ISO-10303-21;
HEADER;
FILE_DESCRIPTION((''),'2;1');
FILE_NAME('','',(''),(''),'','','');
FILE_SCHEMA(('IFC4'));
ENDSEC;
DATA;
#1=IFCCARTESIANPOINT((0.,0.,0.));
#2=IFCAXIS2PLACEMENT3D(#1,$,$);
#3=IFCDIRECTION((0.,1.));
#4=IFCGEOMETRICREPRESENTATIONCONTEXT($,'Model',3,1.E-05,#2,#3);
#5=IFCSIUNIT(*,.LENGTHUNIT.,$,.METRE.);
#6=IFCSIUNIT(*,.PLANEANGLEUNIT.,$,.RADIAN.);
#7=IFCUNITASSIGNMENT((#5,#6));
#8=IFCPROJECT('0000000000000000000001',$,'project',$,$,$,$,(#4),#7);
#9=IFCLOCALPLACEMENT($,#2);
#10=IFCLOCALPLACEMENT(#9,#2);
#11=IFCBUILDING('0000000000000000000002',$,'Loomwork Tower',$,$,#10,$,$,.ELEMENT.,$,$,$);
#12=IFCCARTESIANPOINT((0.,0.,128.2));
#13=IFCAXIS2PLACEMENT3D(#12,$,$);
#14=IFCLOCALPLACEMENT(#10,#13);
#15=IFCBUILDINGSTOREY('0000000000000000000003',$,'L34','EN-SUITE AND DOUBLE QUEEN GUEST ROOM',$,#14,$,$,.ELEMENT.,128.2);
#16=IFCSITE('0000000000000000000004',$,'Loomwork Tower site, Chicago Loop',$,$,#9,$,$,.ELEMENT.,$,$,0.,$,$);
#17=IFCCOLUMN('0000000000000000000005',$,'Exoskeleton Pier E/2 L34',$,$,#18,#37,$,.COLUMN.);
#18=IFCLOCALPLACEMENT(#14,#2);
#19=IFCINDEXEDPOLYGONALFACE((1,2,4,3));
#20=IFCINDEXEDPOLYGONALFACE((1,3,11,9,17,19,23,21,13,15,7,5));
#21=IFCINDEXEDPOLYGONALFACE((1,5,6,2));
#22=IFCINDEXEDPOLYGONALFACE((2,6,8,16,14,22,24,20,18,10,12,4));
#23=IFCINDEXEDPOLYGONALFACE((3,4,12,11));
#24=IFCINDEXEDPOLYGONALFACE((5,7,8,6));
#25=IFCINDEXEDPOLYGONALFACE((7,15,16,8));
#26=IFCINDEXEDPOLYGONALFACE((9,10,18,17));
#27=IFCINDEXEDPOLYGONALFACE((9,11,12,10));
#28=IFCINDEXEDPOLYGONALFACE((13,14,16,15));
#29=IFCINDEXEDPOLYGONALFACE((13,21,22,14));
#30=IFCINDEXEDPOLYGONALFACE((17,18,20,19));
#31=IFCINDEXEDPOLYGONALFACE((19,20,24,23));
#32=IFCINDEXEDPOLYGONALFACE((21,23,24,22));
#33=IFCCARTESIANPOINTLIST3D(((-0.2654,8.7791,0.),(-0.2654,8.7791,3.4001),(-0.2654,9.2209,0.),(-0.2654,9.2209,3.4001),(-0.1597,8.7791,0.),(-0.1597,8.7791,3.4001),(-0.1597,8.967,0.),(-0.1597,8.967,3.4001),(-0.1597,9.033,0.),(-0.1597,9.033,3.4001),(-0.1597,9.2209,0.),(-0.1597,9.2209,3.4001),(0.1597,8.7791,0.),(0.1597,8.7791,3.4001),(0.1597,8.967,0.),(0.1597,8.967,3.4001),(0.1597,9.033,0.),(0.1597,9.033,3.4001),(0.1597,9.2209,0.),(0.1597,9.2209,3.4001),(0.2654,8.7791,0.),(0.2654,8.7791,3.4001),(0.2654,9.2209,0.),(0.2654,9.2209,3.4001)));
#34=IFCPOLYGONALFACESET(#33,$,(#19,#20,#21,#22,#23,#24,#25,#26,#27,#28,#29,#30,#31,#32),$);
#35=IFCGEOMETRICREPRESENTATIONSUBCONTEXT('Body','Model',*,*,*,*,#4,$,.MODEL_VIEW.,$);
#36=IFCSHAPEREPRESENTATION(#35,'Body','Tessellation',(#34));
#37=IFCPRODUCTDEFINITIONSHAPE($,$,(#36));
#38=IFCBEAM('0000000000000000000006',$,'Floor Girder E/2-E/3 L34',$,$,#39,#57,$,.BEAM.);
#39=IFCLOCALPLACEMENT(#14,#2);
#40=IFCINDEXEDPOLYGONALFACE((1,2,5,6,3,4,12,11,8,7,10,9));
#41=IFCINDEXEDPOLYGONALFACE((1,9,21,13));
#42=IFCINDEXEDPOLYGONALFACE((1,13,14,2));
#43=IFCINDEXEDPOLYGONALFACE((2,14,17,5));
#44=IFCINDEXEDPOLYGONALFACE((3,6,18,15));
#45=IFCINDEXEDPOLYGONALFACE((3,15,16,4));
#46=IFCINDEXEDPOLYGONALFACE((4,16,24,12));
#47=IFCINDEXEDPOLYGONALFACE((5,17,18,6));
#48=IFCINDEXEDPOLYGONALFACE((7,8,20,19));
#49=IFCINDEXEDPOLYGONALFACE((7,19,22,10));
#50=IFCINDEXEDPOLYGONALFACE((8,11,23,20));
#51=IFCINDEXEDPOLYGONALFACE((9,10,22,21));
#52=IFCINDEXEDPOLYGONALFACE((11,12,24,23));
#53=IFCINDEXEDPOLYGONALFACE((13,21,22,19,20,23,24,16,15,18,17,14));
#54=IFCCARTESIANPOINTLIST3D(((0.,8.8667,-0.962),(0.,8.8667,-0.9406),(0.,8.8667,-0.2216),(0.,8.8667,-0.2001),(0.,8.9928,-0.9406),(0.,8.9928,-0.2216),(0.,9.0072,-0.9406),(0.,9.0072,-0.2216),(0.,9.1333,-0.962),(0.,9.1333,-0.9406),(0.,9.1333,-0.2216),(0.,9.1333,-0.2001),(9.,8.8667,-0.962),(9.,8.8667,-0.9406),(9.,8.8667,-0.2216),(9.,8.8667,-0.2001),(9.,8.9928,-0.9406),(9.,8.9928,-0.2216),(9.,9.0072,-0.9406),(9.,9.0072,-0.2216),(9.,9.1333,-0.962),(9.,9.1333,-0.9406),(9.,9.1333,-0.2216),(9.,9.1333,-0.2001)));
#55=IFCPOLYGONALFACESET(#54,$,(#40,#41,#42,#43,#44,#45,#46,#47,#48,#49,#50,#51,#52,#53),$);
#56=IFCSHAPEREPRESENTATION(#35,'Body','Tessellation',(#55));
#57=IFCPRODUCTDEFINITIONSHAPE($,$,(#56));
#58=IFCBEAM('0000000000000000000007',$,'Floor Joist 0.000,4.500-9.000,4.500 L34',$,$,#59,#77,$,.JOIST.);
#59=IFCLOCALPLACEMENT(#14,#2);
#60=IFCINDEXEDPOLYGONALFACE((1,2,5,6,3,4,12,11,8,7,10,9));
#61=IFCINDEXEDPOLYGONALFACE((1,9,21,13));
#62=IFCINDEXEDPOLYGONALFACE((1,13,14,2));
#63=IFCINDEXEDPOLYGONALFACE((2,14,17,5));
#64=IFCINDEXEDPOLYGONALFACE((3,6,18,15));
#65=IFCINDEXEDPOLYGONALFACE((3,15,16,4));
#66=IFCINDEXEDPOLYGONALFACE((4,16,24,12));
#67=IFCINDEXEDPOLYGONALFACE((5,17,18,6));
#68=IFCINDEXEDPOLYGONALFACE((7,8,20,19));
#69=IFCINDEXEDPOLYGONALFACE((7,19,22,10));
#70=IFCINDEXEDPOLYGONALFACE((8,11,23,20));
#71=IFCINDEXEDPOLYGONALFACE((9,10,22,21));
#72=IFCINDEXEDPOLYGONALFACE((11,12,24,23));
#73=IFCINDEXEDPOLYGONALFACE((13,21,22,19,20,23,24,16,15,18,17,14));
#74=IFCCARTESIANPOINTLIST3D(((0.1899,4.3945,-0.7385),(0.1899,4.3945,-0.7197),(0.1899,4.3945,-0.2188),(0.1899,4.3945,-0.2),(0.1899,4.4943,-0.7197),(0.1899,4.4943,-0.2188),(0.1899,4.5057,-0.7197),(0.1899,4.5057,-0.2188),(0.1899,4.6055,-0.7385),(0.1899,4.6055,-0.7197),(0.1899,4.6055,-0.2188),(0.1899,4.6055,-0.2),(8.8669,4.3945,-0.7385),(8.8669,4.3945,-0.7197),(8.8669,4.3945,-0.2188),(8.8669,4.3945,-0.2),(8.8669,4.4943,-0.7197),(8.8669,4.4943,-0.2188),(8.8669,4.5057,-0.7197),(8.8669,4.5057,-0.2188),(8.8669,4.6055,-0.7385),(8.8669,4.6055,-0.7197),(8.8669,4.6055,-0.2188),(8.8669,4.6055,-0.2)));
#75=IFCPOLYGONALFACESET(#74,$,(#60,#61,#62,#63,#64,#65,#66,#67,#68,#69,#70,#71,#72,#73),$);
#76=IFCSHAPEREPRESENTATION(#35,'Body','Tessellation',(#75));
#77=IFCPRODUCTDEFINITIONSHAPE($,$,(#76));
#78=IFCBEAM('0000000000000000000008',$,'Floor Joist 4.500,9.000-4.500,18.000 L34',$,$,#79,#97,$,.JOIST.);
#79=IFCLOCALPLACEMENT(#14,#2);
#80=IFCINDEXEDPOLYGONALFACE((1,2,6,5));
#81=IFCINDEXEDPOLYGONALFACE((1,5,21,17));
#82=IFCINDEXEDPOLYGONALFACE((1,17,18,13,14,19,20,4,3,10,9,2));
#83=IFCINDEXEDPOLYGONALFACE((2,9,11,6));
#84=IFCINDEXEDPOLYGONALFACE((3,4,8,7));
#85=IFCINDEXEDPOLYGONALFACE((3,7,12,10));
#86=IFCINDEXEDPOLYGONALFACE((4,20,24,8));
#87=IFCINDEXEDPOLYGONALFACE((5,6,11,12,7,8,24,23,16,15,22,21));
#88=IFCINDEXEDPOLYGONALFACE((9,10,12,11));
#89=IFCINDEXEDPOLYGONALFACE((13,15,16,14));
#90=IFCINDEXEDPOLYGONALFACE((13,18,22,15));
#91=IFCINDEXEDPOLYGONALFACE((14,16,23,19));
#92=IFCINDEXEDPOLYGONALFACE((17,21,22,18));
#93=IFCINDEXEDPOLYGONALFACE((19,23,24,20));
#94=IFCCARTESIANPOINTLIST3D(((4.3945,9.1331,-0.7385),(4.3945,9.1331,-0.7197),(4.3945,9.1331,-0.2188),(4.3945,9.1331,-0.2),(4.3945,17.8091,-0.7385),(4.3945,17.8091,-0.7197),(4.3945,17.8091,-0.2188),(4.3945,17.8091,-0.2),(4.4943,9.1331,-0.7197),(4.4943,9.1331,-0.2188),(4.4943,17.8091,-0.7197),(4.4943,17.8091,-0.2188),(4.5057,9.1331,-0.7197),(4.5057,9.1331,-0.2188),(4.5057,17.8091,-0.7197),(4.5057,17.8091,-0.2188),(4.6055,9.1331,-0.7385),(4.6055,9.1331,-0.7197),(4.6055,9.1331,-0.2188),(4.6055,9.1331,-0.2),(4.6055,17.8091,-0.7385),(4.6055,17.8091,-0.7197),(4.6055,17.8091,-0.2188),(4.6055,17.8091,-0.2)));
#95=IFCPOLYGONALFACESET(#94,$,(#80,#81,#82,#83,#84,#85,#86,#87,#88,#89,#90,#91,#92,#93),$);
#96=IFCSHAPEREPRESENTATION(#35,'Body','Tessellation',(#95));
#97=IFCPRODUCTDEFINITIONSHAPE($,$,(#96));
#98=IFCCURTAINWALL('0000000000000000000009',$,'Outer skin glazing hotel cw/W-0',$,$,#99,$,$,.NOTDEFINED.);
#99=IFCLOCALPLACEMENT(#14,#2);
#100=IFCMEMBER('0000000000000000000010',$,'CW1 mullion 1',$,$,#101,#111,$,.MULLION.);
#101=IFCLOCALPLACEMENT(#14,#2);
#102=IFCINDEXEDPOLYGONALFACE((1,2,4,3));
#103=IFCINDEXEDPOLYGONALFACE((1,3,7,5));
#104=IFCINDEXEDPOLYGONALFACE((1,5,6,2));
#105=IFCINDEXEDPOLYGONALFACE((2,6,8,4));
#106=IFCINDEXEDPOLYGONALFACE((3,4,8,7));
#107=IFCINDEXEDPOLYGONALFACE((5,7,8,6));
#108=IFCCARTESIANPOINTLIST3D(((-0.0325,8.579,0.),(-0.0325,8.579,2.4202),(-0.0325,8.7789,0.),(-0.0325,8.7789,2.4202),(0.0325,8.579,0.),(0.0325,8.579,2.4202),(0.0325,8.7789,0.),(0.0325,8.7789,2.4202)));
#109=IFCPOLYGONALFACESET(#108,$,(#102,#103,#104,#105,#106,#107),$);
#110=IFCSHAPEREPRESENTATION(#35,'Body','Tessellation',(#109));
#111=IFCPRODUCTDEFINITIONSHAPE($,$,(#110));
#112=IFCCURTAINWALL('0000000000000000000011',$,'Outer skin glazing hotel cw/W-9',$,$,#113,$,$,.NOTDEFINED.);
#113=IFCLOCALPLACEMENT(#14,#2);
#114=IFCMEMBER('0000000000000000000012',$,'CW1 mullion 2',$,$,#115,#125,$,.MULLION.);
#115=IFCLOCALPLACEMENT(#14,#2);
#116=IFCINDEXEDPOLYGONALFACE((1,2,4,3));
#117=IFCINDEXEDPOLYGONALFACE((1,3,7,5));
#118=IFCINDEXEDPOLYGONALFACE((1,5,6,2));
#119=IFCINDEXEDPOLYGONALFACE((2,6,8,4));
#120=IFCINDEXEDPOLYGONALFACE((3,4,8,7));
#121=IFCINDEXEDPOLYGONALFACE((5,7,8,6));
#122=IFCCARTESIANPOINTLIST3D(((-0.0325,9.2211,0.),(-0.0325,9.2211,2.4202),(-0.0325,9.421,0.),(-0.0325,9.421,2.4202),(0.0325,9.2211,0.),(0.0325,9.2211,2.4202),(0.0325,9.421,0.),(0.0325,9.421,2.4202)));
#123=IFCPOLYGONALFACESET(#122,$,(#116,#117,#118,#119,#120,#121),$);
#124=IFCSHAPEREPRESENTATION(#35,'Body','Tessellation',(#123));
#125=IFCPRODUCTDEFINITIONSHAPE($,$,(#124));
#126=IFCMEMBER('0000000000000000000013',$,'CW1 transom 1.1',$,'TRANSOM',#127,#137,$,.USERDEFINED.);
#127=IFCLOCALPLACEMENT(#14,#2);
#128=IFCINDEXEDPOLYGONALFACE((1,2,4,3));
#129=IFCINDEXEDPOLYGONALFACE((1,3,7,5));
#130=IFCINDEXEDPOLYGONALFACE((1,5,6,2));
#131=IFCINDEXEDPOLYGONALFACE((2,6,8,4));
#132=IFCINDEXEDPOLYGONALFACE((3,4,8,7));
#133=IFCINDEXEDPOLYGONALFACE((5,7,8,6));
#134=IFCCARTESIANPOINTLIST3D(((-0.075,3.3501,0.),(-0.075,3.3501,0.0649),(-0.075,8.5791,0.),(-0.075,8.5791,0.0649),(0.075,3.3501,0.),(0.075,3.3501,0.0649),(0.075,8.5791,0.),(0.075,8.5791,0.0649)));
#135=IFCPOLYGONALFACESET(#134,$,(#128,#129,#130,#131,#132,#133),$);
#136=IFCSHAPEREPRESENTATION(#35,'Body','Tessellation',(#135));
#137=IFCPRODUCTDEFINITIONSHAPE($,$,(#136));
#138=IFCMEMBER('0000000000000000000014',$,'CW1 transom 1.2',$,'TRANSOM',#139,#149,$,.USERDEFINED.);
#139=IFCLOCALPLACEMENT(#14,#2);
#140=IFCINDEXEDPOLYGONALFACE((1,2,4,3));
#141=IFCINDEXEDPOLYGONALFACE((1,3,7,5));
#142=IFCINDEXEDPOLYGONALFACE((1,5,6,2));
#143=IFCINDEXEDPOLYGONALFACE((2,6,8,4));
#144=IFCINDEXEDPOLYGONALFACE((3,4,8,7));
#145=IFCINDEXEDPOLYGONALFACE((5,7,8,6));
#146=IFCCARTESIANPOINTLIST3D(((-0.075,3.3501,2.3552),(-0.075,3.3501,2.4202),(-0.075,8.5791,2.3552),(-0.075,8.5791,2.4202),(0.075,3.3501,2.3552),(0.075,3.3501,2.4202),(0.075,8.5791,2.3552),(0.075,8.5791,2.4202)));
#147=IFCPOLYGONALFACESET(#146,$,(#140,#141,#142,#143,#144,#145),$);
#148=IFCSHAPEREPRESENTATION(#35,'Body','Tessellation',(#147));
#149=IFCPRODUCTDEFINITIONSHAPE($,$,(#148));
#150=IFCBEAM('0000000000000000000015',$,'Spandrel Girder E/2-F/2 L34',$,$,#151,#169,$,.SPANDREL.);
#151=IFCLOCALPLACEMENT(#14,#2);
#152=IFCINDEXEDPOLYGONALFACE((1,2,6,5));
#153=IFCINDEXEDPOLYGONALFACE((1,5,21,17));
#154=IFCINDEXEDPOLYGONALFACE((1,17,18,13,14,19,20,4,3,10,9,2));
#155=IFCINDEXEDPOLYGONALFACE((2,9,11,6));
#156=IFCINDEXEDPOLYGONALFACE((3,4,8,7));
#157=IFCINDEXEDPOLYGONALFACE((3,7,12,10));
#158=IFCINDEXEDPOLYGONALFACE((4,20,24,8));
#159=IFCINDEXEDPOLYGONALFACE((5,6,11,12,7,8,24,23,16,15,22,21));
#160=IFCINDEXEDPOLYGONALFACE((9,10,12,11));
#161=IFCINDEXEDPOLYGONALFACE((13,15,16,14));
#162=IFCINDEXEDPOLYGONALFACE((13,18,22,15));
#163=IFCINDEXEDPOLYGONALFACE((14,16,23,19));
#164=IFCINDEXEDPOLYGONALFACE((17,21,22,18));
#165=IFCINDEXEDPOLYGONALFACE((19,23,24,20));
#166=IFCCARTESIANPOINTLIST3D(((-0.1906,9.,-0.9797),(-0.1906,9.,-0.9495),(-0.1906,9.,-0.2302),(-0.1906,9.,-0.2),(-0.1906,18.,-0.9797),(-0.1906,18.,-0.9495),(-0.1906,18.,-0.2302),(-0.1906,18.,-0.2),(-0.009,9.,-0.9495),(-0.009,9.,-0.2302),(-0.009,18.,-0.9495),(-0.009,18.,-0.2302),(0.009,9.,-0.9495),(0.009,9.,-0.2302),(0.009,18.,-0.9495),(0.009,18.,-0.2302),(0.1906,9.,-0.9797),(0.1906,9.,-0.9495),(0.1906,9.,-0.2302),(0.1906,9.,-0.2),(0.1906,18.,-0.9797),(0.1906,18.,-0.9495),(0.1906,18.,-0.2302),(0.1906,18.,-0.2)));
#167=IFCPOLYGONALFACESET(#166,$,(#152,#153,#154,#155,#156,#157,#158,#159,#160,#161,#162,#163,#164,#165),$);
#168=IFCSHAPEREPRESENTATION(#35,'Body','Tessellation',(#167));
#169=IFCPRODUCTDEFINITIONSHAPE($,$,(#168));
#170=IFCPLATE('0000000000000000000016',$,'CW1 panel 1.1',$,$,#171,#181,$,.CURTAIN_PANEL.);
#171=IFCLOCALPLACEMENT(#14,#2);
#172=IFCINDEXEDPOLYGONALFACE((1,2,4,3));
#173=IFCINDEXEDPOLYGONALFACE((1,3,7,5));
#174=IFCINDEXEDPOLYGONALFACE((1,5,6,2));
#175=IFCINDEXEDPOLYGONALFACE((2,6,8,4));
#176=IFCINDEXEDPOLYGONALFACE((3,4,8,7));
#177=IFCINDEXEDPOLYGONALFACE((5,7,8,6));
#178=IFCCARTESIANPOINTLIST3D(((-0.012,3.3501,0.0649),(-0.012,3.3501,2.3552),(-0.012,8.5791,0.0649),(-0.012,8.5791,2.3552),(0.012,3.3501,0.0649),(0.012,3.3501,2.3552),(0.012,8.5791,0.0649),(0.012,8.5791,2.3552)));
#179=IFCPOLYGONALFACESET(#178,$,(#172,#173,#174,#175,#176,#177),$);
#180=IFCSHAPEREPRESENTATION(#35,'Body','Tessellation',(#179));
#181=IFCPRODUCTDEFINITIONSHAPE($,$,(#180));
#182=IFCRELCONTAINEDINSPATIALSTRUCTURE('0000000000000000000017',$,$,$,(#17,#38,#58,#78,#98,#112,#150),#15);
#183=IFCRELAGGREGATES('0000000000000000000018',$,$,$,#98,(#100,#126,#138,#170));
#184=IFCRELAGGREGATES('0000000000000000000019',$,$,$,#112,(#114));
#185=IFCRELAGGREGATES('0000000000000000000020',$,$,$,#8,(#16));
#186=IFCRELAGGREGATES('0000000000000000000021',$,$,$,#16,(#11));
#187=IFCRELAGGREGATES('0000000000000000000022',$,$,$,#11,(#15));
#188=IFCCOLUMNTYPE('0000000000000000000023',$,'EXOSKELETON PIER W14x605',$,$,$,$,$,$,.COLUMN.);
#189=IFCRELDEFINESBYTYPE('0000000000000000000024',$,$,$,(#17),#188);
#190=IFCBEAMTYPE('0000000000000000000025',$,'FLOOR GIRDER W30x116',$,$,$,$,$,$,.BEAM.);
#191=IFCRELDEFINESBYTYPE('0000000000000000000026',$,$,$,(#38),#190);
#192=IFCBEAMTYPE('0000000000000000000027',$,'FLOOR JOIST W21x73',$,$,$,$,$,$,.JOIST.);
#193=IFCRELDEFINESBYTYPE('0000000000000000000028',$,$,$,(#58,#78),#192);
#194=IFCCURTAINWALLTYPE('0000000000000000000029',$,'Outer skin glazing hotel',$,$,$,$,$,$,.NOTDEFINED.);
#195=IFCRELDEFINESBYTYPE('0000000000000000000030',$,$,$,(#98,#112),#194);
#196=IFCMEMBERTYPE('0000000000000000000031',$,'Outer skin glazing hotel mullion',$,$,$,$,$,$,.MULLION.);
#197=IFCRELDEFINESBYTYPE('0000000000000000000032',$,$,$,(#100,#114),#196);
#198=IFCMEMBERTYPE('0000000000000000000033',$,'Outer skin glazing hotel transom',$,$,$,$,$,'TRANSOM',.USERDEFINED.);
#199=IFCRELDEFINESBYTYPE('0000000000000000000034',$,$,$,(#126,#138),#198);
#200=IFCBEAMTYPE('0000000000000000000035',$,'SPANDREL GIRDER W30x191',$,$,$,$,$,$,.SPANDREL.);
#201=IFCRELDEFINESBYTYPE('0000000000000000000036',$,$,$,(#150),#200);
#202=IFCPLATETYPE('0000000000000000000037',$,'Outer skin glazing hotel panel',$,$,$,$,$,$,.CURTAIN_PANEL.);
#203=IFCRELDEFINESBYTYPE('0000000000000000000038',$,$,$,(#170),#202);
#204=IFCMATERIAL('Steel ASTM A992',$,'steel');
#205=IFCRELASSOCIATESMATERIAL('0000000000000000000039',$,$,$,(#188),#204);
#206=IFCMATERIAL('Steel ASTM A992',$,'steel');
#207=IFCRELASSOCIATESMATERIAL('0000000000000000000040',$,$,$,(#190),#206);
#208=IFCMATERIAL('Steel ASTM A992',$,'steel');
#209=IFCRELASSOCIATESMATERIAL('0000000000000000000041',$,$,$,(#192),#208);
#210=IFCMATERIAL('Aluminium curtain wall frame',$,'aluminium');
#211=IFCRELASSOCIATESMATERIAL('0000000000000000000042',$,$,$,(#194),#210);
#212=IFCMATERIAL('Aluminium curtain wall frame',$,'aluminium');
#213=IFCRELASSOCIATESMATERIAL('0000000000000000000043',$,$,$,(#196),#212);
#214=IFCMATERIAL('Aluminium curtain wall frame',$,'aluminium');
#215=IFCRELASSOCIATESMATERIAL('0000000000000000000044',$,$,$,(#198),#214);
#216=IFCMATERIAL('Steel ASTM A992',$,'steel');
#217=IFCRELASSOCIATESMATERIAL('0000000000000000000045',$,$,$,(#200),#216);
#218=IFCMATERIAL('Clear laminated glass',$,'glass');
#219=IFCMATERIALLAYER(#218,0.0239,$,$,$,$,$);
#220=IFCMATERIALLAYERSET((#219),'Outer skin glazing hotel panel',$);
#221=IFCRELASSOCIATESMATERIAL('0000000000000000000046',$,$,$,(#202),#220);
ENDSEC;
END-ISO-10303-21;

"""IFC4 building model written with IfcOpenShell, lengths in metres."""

from ifc_helpers import new_model, si_unit, direction, frame, origin, origin_2d, place, context, subcontext, project, spatial, rectangle, i_section, extrude, material, layer, layer_set, material_profile, profile_set, type_object, element, aggregate, save


model = new_model("IFC4")

# Units and contexts
model_context = context("Model", 3, precision=1e-05, world=origin(), true_north=direction((0.0, 1.0)))
body_context = subcontext(model_context, "Body", "Model", "MODEL_VIEW")
ifc_project = project(units=[si_unit("LENGTHUNIT", "METRE"), si_unit("PLANEANGLEUNIT", "RADIAN")], contexts=[model_context])

# Site, building, storey
site_placement = place(None, origin())
site = spatial("IfcSite", under=ifc_project, at=site_placement, Name="Loomwork Tower site, Chicago Loop", CompositionType="ELEMENT", RefElevation=0.0)
building_placement = place(site_placement, origin())
building = spatial("IfcBuilding", under=site, at=building_placement, Name="Loomwork Tower", CompositionType="ELEMENT")
storey_placement = place(building_placement, frame((0.0, 0.0, 128.2)))
storey = spatial("IfcBuildingStorey", under=building, at=storey_placement, Name="L34", Description="EN-SUITE AND DOUBLE QUEEN GUEST ROOM", CompositionType="ELEMENT", Elevation=128.2)

# Column
ifc_material_1 = material(Name="Steel ASTM A992", Category="steel")
ifc_material_profile_1 = material_profile(ifc_material_1, i_section(OverallWidth=0.4419, OverallDepth=0.5308, WebThickness=0.0659, FlangeThickness=0.1057, at=origin_2d()), Name="W14x605")
ifc_profile_set_1 = profile_set([ifc_material_profile_1], Name="Steel ASTM A992")
column_type = type_object("IfcColumnType", Name="EXOSKELETON PIER W14x605", PredefinedType="COLUMN", material=ifc_profile_set_1)
column_placement = place(storey_placement, frame((0.0, 9.0, 0.0), z_axis=(0.0, 0.0, 1.0), x_axis=(0.0, 1.0, 0.0)))
element("IfcColumn", 1, at=column_placement, inside=storey, type_object=column_type, Name="Exoskeleton Pier E/2 L34", PredefinedType="COLUMN", context=body_context, shape_type="SweptSolid", body=[
    extrude(i_section(OverallWidth=0.4419, OverallDepth=0.5308, WebThickness=0.0659, FlangeThickness=0.1057, at=origin_2d()), origin(), (0.0, 0.0, 1.0), 3.4001),
])

# Beams
ifc_material_2 = material(Name="Steel ASTM A992", Category="steel")
ifc_material_profile_2 = material_profile(ifc_material_2, i_section(OverallWidth=0.2666, OverallDepth=0.762, WebThickness=0.0144, FlangeThickness=0.0215, at=origin_2d()), Name="W30x116")
ifc_profile_set_2 = profile_set([ifc_material_profile_2], Name="Steel ASTM A992")
beam_type_1 = type_object("IfcBeamType", Name="FLOOR GIRDER W30x116", PredefinedType="BEAM", material=ifc_profile_set_2)
beam_1_placement = place(storey_placement, frame((0.0, 9.0, -0.5811), z_axis=(1.0, 0.0, 0.0), x_axis=(0.0, 1.0, 0.0)))
element("IfcBeam", 2, at=beam_1_placement, inside=storey, type_object=beam_type_1, Name="Floor Girder E/2-E/3 L34", PredefinedType="BEAM", context=body_context, shape_type="SweptSolid", body=[
    extrude(i_section(OverallWidth=0.2666, OverallDepth=0.762, WebThickness=0.0144, FlangeThickness=0.0215, at=origin_2d()), origin(), (0.0, 0.0, 1.0), 9.0),
])
ifc_material_3 = material(Name="Steel ASTM A992", Category="steel")
ifc_material_profile_3 = material_profile(ifc_material_3, i_section(OverallWidth=0.2109, OverallDepth=0.5386, WebThickness=0.0115, FlangeThickness=0.0188, at=origin_2d()), Name="W21x73")
ifc_profile_set_3 = profile_set([ifc_material_profile_3], Name="Steel ASTM A992")
beam_type_2 = type_object("IfcBeamType", Name="FLOOR JOIST W21x73", PredefinedType="JOIST", material=ifc_profile_set_3)
beam_2_placement = place(storey_placement, frame((0.1899, 4.5, -0.4692), z_axis=(1.0, 0.0, 0.0), x_axis=(0.0, 1.0, 0.0)))
element("IfcBeam", 3, at=beam_2_placement, inside=storey, type_object=beam_type_2, Name="Floor Joist 0.000,4.500-9.000,4.500 L34", PredefinedType="JOIST", context=body_context, shape_type="SweptSolid", body=[
    extrude(i_section(OverallWidth=0.2109, OverallDepth=0.5386, WebThickness=0.0115, FlangeThickness=0.0188, at=origin_2d()), origin(), (0.0, 0.0, 1.0), 8.677),
])
beam_3_placement = place(storey_placement, frame((4.5, 9.1331, -0.4692), z_axis=(0.0, 1.0, 0.0), x_axis=(-1.0, 0.0, 0.0)))
element("IfcBeam", 4, at=beam_3_placement, inside=storey, type_object=beam_type_2, Name="Floor Joist 4.500,9.000-4.500,18.000 L34", PredefinedType="JOIST", context=body_context, shape_type="SweptSolid", body=[
    extrude(i_section(OverallWidth=0.2109, OverallDepth=0.5386, WebThickness=0.0115, FlangeThickness=0.0188, at=origin_2d()), origin(), (0.0, 0.0, 1.0), 8.676),
])

# Curtain walls, members
ifc_material_4 = material(Name="Aluminium curtain wall frame", Category="aluminium")
curtain_wall_type = type_object("IfcCurtainWallType", Name="Outer skin glazing hotel", PredefinedType="NOTDEFINED", material=ifc_material_4)
curtain_wall_1_placement = place(storey_placement, origin())
curtain_wall_1 = element("IfcCurtainWall", 5, at=curtain_wall_1_placement, inside=storey, type_object=curtain_wall_type, Name="Outer skin glazing hotel cw/W-0", PredefinedType="NOTDEFINED")
ifc_material_5 = material(Name="Aluminium curtain wall frame", Category="aluminium")
ifc_material_profile_4 = material_profile(ifc_material_5, rectangle(XDim=0.0649, YDim=0.2, at=origin_2d()), Name="AL 65x200")
ifc_profile_set_4 = profile_set([ifc_material_profile_4], Name="Aluminium curtain wall frame")
member_type_1 = type_object("IfcMemberType", Name="Outer skin glazing hotel mullion", PredefinedType="MULLION", material=ifc_profile_set_4)
member_1_placement = place(storey_placement, frame((0.0, 8.679, 0.0), z_axis=(0.0, 0.0, 1.0), x_axis=(1.0, 0.0, 0.0)))
member_1 = element("IfcMember", 6, at=member_1_placement, type_object=member_type_1, Name="CW1 mullion 1", PredefinedType="MULLION", context=body_context, shape_type="SweptSolid", body=[
    extrude(rectangle(XDim=0.0649, YDim=0.2, at=origin_2d()), origin(), (0.0, 0.0, 1.0), 2.4202),
])
curtain_wall_2_placement = place(storey_placement, origin())
curtain_wall_2 = element("IfcCurtainWall", 7, at=curtain_wall_2_placement, inside=storey, type_object=curtain_wall_type, Name="Outer skin glazing hotel cw/W-9", PredefinedType="NOTDEFINED")
member_2_placement = place(storey_placement, frame((0.0, 9.321, 0.0), z_axis=(0.0, 0.0, 1.0), x_axis=(1.0, 0.0, 0.0)))
member_2 = element("IfcMember", 8, at=member_2_placement, type_object=member_type_1, Name="CW1 mullion 2", PredefinedType="MULLION", context=body_context, shape_type="SweptSolid", body=[
    extrude(rectangle(XDim=0.0649, YDim=0.2, at=origin_2d()), origin(), (0.0, 0.0, 1.0), 2.4202),
])

# Members
ifc_material_6 = material(Name="Aluminium curtain wall frame", Category="aluminium")
ifc_material_profile_5 = material_profile(ifc_material_6, rectangle(XDim=0.1499, YDim=0.0649, at=origin_2d()), Name="AL 65x150")
ifc_profile_set_5 = profile_set([ifc_material_profile_5], Name="Aluminium curtain wall frame")
member_type_2 = type_object("IfcMemberType", Name="Outer skin glazing hotel transom", ElementType="TRANSOM", PredefinedType="USERDEFINED", material=ifc_profile_set_5)
member_3_placement = place(storey_placement, frame((0.0, 8.5791, 0.0325), z_axis=(0.0, -1.0, 0.0), x_axis=(1.0, 0.0, 0.0)))
member_3 = element("IfcMember", 9, at=member_3_placement, type_object=member_type_2, Name="CW1 transom 1.1", ObjectType="TRANSOM", PredefinedType="USERDEFINED", context=body_context, shape_type="SweptSolid", body=[
    extrude(rectangle(XDim=0.1499, YDim=0.0649, at=origin_2d()), origin(), (0.0, 0.0, 1.0), 5.229),
])
member_4_placement = place(storey_placement, frame((0.0, 8.5791, 2.3877), z_axis=(0.0, -1.0, 0.0), x_axis=(1.0, 0.0, 0.0)))
member_4 = element("IfcMember", 10, at=member_4_placement, type_object=member_type_2, Name="CW1 transom 1.2", ObjectType="TRANSOM", PredefinedType="USERDEFINED", context=body_context, shape_type="SweptSolid", body=[
    extrude(rectangle(XDim=0.1499, YDim=0.0649, at=origin_2d()), origin(), (0.0, 0.0, 1.0), 5.229),
])

# Beam
ifc_material_7 = material(Name="Steel ASTM A992", Category="steel")
ifc_material_profile_6 = material_profile(ifc_material_7, i_section(OverallWidth=0.3811, OverallDepth=0.7798, WebThickness=0.0181, FlangeThickness=0.0303, at=origin_2d()), Name="W30x191")
ifc_profile_set_6 = profile_set([ifc_material_profile_6], Name="Steel ASTM A992")
beam_type_3 = type_object("IfcBeamType", Name="SPANDREL GIRDER W30x191", PredefinedType="SPANDREL", material=ifc_profile_set_6)
beam_4_placement = place(storey_placement, frame((0.0, 9.0, -0.5898), z_axis=(0.0, 1.0, 0.0), x_axis=(-1.0, 0.0, 0.0)))
element("IfcBeam", 11, at=beam_4_placement, inside=storey, type_object=beam_type_3, Name="Spandrel Girder E/2-F/2 L34", PredefinedType="SPANDREL", context=body_context, shape_type="SweptSolid", body=[
    extrude(i_section(OverallWidth=0.3811, OverallDepth=0.7798, WebThickness=0.0181, FlangeThickness=0.0303, at=origin_2d()), origin(), (0.0, 0.0, 1.0), 9.0),
])

# Plate
ifc_material_8 = material(Name="Clear laminated glass", Category="glass")
ifc_layer_1 = layer(ifc_material_8, 0.0239)
ifc_layer_set_1 = layer_set([ifc_layer_1], Name="Outer skin glazing hotel panel")
plate_type = type_object("IfcPlateType", Name="Outer skin glazing hotel panel", PredefinedType="CURTAIN_PANEL", material=ifc_layer_set_1)
plate_1_placement = place(storey_placement, frame((0.0, 5.9646, 0.0649), z_axis=(0.0, 0.0, 1.0), x_axis=(0.0, -1.0, 0.0)))
plate_1 = element("IfcPlate", 12, at=plate_1_placement, type_object=plate_type, Name="CW1 panel 1.1", PredefinedType="CURTAIN_PANEL", context=body_context, shape_type="SweptSolid", body=[
    extrude(rectangle(XDim=5.229, YDim=0.0239, at=origin_2d()), origin(), (0.0, 0.0, 1.0), 2.2903),
])
aggregate(curtain_wall_1, [member_1, member_3, member_4, plate_1])
aggregate(curtain_wall_2, [member_2])

save(model, "model.ifc")
